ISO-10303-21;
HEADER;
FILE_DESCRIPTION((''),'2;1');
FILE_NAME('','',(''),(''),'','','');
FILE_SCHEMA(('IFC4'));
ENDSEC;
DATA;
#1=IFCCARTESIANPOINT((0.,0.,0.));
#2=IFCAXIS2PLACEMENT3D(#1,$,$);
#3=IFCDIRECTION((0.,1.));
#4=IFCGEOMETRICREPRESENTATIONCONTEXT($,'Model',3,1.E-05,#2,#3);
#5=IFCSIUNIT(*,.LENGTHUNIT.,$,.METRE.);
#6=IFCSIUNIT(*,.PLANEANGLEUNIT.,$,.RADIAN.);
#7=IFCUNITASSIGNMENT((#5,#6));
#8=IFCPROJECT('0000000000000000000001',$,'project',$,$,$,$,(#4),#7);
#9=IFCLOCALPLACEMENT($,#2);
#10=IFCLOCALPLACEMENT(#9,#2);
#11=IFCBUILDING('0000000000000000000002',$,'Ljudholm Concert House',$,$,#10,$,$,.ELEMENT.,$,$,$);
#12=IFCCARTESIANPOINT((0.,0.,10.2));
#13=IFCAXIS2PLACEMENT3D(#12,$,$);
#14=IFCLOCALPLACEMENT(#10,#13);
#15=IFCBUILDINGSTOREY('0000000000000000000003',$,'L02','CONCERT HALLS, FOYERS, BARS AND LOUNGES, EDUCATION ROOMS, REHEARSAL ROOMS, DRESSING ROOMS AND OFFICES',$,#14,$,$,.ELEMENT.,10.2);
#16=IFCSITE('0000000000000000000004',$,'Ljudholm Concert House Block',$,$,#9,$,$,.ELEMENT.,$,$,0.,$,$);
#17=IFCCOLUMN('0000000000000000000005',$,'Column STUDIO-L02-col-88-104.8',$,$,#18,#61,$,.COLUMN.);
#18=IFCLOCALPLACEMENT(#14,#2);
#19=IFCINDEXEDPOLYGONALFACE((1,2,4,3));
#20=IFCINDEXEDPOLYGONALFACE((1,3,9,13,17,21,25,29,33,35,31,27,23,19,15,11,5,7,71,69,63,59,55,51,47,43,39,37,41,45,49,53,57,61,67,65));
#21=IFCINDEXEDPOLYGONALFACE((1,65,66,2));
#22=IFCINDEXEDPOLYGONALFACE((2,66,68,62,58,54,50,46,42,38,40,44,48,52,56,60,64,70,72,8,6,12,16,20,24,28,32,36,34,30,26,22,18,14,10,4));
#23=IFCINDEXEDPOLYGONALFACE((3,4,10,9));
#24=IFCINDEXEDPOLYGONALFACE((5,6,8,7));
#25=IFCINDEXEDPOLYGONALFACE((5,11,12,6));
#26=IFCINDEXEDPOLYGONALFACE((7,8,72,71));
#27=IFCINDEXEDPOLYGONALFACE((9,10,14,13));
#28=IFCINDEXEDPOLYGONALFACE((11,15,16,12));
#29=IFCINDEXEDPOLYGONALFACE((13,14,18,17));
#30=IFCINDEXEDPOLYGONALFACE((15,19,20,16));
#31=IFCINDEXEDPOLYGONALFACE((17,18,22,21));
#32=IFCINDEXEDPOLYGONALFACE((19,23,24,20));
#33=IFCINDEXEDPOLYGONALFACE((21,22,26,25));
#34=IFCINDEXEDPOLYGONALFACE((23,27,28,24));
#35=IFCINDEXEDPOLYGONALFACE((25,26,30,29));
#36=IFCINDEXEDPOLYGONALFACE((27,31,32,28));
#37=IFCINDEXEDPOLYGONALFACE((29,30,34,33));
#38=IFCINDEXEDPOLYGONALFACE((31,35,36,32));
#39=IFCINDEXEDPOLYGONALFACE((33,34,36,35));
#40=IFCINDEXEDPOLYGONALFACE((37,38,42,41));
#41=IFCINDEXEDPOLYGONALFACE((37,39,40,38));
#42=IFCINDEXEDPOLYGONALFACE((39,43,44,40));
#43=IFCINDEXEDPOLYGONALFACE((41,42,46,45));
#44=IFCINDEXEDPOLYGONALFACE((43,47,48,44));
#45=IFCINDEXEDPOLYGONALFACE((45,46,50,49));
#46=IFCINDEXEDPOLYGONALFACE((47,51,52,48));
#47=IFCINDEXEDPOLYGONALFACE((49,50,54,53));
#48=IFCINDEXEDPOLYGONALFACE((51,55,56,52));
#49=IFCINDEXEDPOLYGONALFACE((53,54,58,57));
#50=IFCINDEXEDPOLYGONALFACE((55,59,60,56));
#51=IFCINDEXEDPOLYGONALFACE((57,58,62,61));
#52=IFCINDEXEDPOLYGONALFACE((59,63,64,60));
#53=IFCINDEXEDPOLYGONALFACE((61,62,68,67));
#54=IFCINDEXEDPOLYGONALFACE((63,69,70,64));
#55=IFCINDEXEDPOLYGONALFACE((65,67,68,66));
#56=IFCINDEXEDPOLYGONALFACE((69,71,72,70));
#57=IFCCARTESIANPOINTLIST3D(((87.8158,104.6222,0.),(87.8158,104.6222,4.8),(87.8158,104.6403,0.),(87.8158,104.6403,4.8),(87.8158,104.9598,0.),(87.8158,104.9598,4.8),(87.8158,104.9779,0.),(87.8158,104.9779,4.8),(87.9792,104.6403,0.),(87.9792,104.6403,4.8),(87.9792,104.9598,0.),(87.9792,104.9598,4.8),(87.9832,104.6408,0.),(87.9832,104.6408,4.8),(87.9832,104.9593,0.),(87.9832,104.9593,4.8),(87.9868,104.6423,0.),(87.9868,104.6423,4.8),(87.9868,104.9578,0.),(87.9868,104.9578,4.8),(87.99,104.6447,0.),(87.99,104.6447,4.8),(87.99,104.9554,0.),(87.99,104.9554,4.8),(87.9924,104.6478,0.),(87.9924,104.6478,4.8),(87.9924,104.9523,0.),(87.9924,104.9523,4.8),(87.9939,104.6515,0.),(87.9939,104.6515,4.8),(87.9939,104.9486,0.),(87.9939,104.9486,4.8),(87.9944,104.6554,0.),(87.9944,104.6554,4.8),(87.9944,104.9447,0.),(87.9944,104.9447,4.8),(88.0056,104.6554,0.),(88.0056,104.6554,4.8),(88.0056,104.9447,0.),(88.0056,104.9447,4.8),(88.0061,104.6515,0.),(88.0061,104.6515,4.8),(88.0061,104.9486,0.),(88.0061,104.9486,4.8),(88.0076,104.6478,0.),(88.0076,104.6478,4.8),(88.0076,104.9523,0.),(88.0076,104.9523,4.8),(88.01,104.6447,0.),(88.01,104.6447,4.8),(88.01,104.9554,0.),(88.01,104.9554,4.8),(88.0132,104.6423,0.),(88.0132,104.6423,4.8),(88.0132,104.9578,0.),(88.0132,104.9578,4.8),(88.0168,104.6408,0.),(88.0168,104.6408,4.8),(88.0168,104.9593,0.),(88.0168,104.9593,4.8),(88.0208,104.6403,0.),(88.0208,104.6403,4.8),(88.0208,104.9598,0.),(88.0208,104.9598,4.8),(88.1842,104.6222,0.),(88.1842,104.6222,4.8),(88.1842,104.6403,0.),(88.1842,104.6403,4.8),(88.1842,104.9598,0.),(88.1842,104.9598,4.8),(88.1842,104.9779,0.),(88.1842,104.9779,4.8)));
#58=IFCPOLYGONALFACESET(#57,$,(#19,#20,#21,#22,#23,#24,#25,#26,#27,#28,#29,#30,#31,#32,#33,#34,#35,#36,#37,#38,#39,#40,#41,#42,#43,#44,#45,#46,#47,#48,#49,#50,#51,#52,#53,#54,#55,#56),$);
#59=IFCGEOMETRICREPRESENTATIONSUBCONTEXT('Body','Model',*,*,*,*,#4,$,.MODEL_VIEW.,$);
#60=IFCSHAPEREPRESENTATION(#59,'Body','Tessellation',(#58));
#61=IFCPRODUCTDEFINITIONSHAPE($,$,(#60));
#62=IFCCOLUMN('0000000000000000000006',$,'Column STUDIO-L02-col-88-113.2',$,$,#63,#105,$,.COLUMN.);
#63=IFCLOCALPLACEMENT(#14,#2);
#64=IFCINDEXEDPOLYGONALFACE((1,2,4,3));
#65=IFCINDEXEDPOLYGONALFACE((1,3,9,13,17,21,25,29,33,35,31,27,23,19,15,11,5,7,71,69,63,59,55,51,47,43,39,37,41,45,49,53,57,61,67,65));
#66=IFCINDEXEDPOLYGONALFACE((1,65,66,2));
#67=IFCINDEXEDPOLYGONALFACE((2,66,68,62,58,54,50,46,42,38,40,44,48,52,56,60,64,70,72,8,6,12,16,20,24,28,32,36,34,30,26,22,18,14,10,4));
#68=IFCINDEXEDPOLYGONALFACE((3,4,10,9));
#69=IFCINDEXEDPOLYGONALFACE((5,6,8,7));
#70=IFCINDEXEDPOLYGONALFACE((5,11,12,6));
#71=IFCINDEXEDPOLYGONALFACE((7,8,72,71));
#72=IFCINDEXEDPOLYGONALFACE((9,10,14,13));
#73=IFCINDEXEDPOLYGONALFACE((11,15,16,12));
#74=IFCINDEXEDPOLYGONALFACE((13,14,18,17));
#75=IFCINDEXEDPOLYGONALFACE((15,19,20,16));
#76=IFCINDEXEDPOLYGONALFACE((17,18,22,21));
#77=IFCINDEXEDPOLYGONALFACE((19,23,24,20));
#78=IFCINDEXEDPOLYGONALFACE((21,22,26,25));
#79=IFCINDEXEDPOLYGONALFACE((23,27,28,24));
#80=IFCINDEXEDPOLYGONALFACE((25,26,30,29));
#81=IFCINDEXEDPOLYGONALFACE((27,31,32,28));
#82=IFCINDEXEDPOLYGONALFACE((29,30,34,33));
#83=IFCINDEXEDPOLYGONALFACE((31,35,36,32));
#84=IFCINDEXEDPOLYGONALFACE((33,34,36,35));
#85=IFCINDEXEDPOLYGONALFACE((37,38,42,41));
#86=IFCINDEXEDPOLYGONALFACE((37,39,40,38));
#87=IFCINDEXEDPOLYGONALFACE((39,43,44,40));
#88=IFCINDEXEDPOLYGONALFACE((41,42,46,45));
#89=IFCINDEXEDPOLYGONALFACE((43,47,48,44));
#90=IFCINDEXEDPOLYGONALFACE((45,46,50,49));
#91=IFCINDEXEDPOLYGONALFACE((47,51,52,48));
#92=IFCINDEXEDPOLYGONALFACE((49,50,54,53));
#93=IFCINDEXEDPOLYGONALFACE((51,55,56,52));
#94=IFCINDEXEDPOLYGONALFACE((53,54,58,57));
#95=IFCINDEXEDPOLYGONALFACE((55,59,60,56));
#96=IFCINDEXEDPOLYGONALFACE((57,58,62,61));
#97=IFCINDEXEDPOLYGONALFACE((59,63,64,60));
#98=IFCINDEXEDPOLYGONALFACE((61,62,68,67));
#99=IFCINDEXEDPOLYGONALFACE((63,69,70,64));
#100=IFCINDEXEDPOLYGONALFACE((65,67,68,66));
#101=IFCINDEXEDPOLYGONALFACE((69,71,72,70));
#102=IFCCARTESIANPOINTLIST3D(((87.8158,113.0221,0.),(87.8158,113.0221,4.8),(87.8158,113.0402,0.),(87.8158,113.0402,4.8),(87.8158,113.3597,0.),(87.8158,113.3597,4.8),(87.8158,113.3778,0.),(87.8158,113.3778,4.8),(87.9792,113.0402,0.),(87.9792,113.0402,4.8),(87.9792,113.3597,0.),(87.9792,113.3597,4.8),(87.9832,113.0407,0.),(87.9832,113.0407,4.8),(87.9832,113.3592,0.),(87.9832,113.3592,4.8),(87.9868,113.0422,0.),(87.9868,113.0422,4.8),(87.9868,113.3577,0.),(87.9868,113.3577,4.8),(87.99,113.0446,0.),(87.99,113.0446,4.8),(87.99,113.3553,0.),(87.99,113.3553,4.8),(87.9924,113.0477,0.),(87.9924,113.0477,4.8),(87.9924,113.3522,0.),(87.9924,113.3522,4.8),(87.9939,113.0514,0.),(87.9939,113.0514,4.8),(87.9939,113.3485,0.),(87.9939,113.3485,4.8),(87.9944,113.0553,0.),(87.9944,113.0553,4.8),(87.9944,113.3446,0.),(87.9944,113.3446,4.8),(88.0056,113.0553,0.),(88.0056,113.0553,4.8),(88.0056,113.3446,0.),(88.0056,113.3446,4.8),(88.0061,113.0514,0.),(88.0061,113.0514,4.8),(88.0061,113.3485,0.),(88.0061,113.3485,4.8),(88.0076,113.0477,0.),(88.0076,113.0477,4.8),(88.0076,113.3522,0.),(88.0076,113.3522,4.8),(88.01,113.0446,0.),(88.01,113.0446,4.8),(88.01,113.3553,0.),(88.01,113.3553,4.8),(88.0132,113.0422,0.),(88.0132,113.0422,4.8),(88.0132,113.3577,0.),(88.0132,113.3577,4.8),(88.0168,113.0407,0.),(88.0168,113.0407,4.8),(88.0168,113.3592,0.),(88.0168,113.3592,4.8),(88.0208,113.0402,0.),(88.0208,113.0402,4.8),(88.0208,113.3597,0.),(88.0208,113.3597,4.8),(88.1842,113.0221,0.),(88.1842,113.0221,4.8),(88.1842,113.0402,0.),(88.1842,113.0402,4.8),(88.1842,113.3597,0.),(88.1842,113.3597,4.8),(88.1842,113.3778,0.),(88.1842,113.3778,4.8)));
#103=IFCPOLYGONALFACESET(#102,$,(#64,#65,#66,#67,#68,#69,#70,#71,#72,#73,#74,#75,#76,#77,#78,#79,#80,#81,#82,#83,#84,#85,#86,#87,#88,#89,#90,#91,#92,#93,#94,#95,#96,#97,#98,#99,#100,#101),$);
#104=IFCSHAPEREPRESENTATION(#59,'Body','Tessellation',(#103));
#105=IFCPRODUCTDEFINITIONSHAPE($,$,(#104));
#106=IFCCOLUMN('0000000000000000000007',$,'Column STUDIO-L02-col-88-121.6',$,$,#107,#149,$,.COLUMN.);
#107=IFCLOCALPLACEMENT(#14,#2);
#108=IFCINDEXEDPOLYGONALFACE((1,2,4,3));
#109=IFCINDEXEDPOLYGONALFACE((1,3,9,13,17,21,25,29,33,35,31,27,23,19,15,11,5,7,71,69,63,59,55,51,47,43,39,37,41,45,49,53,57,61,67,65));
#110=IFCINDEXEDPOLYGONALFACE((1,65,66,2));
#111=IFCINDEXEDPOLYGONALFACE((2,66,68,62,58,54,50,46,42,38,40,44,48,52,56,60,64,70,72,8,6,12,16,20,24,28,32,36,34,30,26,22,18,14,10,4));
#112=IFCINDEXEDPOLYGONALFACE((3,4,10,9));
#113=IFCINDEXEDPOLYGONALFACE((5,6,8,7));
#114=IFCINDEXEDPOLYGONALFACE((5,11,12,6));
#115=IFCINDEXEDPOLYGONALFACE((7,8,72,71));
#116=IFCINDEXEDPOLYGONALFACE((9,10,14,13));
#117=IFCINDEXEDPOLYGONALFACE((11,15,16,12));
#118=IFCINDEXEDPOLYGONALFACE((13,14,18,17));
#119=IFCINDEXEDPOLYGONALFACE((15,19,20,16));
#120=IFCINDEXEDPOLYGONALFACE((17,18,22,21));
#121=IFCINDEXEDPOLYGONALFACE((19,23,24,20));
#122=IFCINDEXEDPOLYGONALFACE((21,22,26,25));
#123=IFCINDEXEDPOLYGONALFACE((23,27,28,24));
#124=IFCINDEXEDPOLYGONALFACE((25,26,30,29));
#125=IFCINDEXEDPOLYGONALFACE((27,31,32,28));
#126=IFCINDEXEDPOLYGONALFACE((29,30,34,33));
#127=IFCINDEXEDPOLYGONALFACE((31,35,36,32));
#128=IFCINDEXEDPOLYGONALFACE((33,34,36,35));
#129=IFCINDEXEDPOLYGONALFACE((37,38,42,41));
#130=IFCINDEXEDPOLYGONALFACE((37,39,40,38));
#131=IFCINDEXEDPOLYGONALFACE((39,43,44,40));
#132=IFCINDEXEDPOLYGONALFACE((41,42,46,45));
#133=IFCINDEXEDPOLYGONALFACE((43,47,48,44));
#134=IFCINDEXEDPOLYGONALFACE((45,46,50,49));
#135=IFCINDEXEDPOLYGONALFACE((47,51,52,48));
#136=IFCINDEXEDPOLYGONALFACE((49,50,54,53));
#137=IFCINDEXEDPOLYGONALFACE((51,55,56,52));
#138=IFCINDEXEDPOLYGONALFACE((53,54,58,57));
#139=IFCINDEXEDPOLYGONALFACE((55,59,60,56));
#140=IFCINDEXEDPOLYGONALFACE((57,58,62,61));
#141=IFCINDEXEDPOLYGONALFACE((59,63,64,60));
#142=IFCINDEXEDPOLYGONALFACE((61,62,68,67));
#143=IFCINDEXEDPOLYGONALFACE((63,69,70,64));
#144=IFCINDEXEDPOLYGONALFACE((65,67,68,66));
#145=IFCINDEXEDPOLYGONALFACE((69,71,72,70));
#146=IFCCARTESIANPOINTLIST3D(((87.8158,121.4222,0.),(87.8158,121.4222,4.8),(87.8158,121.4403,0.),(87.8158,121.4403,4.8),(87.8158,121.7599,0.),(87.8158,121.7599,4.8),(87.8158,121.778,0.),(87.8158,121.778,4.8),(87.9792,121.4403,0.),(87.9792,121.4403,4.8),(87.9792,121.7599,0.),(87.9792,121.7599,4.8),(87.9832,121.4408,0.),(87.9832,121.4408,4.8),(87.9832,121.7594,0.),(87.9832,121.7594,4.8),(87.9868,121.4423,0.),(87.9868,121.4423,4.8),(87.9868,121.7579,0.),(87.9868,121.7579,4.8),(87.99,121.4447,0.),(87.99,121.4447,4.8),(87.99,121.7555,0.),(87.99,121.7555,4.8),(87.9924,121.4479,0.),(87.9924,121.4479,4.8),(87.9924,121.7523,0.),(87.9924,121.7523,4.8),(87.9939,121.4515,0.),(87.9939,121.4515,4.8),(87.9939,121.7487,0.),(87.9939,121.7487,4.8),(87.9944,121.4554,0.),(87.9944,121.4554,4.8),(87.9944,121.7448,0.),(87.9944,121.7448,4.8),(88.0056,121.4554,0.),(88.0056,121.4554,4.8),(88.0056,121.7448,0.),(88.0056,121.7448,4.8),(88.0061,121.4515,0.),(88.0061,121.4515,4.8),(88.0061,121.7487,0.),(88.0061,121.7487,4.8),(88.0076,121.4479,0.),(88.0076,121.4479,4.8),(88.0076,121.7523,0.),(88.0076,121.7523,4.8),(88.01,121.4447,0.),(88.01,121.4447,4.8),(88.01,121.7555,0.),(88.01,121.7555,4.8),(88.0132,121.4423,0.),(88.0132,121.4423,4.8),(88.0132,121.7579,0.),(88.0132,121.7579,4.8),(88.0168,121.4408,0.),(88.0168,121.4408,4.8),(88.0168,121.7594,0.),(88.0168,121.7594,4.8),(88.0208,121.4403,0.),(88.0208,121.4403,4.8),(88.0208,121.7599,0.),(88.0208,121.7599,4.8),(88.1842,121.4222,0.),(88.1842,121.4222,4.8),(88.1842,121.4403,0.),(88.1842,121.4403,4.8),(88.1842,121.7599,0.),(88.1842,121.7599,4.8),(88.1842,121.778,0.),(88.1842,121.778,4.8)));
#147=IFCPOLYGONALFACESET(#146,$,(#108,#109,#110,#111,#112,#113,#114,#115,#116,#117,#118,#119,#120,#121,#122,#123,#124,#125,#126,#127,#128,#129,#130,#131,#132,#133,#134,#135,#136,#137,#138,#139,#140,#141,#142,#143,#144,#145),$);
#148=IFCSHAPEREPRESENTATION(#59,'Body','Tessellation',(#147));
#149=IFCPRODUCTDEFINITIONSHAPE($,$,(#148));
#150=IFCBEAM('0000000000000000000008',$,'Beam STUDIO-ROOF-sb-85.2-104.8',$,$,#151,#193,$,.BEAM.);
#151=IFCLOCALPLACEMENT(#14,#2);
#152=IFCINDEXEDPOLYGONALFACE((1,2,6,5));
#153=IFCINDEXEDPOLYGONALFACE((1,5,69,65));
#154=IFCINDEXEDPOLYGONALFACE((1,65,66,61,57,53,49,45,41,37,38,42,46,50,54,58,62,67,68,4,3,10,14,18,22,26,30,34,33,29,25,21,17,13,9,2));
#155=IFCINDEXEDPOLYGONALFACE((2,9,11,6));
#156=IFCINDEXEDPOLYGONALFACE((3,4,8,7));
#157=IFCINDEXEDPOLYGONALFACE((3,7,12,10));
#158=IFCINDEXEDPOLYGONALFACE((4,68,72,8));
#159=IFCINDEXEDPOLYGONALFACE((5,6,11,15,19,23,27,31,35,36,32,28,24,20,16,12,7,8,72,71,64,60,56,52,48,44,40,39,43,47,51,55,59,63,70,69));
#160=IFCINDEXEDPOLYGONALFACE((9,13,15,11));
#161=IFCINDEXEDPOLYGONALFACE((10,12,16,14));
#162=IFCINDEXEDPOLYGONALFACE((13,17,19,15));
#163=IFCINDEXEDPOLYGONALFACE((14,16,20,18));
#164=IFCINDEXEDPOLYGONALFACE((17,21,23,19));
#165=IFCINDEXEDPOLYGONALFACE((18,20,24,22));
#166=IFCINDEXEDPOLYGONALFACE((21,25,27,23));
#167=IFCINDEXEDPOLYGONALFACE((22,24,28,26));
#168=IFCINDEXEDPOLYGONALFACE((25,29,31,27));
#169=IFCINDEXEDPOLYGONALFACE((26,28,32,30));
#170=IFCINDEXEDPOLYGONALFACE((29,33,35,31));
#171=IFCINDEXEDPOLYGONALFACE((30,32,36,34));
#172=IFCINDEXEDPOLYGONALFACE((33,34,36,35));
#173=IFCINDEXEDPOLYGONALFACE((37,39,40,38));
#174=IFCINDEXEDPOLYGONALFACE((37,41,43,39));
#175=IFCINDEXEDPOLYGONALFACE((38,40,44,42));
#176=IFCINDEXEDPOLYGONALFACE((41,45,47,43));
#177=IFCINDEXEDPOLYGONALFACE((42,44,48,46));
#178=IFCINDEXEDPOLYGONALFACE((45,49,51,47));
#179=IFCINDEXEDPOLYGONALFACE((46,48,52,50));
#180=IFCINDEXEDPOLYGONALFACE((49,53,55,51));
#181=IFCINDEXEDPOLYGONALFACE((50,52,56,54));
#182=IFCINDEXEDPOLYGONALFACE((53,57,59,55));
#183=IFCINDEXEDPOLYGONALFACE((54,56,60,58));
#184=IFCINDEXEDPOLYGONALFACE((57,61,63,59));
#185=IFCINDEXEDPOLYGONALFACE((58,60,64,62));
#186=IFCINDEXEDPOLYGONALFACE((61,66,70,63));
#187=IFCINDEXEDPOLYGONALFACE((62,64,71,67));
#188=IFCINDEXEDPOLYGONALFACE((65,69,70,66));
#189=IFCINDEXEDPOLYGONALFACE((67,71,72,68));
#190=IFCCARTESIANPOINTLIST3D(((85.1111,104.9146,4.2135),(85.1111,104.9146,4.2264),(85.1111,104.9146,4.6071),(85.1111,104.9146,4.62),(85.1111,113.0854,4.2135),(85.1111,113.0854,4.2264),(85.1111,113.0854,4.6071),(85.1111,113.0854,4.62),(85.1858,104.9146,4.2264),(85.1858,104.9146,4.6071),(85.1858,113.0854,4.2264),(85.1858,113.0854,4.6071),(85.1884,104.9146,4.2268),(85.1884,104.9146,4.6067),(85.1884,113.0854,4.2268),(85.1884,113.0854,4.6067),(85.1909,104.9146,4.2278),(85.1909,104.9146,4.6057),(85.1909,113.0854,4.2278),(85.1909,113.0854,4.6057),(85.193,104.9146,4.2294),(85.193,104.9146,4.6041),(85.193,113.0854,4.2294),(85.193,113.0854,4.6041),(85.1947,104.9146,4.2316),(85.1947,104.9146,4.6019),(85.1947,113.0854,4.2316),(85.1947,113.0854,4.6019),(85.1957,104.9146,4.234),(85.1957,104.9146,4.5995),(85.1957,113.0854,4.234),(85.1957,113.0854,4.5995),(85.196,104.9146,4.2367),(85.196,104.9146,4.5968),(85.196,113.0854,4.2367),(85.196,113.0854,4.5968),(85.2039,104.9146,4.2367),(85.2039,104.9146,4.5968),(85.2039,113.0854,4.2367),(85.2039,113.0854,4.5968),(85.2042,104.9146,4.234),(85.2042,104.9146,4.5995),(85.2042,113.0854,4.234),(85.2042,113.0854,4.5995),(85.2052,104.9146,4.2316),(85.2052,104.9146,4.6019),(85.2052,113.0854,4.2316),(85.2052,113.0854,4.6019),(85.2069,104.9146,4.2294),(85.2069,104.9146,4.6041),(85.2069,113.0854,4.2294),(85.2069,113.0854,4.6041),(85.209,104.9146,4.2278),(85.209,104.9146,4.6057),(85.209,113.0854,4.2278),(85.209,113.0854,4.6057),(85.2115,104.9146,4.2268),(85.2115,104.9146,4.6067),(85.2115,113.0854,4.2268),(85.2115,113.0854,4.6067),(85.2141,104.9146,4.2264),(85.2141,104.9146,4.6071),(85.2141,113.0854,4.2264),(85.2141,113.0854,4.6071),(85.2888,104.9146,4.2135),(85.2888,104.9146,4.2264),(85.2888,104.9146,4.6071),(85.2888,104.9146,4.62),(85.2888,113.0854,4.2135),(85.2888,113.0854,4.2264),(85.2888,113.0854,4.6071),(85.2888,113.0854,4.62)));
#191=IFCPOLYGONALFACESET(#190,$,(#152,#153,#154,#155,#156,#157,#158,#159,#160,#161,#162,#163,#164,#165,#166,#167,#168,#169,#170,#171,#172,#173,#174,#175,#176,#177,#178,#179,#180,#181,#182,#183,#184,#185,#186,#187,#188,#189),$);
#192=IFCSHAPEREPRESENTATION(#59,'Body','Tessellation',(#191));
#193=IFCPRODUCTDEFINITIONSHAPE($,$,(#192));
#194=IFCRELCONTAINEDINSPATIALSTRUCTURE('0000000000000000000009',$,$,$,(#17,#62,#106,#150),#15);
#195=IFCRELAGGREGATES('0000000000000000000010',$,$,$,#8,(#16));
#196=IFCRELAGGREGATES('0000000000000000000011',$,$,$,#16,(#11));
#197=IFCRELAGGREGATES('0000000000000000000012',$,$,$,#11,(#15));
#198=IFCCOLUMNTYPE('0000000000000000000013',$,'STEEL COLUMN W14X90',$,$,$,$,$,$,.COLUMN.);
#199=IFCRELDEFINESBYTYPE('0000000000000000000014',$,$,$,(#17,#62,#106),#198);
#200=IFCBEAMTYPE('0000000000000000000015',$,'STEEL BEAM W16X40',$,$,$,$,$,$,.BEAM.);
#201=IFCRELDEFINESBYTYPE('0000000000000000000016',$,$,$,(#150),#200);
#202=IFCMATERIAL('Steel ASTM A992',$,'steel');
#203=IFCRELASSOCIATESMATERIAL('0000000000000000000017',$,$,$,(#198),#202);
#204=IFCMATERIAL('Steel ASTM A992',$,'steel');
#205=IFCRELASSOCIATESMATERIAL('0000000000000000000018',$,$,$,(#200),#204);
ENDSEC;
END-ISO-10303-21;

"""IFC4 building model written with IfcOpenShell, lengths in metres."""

from ifc_helpers import new_model, si_unit, direction, frame, origin, origin_2d, place, context, subcontext, project, spatial, i_section, extrude, material, material_profile, profile_set, type_object, element, save


model = new_model("IFC4")

# Units and contexts
model_context = context("Model", 3, precision=1e-05, world=origin(), true_north=direction((0.0, 1.0)))
body_context = subcontext(model_context, "Body", "Model", "MODEL_VIEW")
ifc_project = project(units=[si_unit("LENGTHUNIT", "METRE"), si_unit("PLANEANGLEUNIT", "RADIAN")], contexts=[model_context])

# Site, building, storey
site_placement = place(None, origin())
site = spatial("IfcSite", under=ifc_project, at=site_placement, Name="Ljudholm Concert House Block", CompositionType="ELEMENT", RefElevation=0.0)
building_placement = place(site_placement, origin())
building = spatial("IfcBuilding", under=site, at=building_placement, Name="Ljudholm Concert House", CompositionType="ELEMENT")
storey_placement = place(building_placement, frame((0.0, 0.0, 10.2)))
storey = spatial("IfcBuildingStorey", under=building, at=storey_placement, Name="L02", Description="CONCERT HALLS, FOYERS, BARS AND LOUNGES, EDUCATION ROOMS, REHEARSAL ROOMS, DRESSING ROOMS AND OFFICES", CompositionType="ELEMENT", Elevation=10.2)

# Columns
ifc_material_1 = material(Name="Steel ASTM A992", Category="steel")
ifc_material_profile_1 = material_profile(ifc_material_1, i_section(OverallWidth=0.3684, OverallDepth=0.3557, WebThickness=0.0112, FlangeThickness=0.0181, FilletRadius=0.0151, at=origin_2d()), Name="W14X90")
ifc_profile_set_1 = profile_set([ifc_material_profile_1], Name="Steel ASTM A992")
column_type = type_object("IfcColumnType", Name="STEEL COLUMN W14X90", PredefinedType="COLUMN", material=ifc_profile_set_1)
for number, where, z_axis, x_axis, name in (
    (1, (88.0, 104.8, 0.0), (0.0, 0.0, 1.0), (1.0, 0.0, 0.0), "Column STUDIO-L02-col-88-104.8"),
    (2, (88.0, 113.2, 0.0), (0.0, 0.0, 1.0), (1.0, 0.0, 0.0), "Column STUDIO-L02-col-88-113.2"),
    (3, (88.0, 121.6001, 0.0), (0.0, 0.0, 1.0), (1.0, 0.0, 0.0), "Column STUDIO-L02-col-88-121.6"),
):
    element("IfcColumn", number, at=place(storey_placement, frame(where, z_axis=z_axis, x_axis=x_axis)), inside=storey, type_object=column_type, Name=name, PredefinedType="COLUMN", context=body_context, shape_type="SweptSolid", body=[
        extrude(i_section(OverallWidth=0.3684, OverallDepth=0.3557, WebThickness=0.0112, FlangeThickness=0.0181, FilletRadius=0.0151, at=origin_2d()), origin(), (0.0, 0.0, 1.0), 4.8),
    ])

# Beam
ifc_material_2 = material(Name="Steel ASTM A992", Category="steel")
ifc_material_profile_2 = material_profile(ifc_material_2, i_section(OverallWidth=0.1777, OverallDepth=0.4065, WebThickness=0.0078, FlangeThickness=0.0129, FilletRadius=0.0103, at=origin_2d()), Name="W16X40")
ifc_profile_set_2 = profile_set([ifc_material_profile_2], Name="Steel ASTM A992")
beam_type_1 = type_object("IfcBeamType", Name="STEEL BEAM W16X40", PredefinedType="BEAM", material=ifc_profile_set_2)
for number, where, z_axis, x_axis, name in (
    (4, (85.2, 104.9146, 4.4167), (0.0, 1.0, 0.0), (-1.0, 0.0, 0.0), "Beam STUDIO-ROOF-sb-85.2-104.8"),
):
    element("IfcBeam", number, at=place(storey_placement, frame(where, z_axis=z_axis, x_axis=x_axis)), inside=storey, type_object=beam_type_1, Name=name, PredefinedType="BEAM", context=body_context, shape_type="SweptSolid", body=[
        extrude(i_section(OverallWidth=0.1777, OverallDepth=0.4065, WebThickness=0.0078, FlangeThickness=0.0129, FilletRadius=0.0103, at=origin_2d()), origin(), (0.0, 0.0, 1.0), 8.1709),
    ])

save(model, "model.ifc")
